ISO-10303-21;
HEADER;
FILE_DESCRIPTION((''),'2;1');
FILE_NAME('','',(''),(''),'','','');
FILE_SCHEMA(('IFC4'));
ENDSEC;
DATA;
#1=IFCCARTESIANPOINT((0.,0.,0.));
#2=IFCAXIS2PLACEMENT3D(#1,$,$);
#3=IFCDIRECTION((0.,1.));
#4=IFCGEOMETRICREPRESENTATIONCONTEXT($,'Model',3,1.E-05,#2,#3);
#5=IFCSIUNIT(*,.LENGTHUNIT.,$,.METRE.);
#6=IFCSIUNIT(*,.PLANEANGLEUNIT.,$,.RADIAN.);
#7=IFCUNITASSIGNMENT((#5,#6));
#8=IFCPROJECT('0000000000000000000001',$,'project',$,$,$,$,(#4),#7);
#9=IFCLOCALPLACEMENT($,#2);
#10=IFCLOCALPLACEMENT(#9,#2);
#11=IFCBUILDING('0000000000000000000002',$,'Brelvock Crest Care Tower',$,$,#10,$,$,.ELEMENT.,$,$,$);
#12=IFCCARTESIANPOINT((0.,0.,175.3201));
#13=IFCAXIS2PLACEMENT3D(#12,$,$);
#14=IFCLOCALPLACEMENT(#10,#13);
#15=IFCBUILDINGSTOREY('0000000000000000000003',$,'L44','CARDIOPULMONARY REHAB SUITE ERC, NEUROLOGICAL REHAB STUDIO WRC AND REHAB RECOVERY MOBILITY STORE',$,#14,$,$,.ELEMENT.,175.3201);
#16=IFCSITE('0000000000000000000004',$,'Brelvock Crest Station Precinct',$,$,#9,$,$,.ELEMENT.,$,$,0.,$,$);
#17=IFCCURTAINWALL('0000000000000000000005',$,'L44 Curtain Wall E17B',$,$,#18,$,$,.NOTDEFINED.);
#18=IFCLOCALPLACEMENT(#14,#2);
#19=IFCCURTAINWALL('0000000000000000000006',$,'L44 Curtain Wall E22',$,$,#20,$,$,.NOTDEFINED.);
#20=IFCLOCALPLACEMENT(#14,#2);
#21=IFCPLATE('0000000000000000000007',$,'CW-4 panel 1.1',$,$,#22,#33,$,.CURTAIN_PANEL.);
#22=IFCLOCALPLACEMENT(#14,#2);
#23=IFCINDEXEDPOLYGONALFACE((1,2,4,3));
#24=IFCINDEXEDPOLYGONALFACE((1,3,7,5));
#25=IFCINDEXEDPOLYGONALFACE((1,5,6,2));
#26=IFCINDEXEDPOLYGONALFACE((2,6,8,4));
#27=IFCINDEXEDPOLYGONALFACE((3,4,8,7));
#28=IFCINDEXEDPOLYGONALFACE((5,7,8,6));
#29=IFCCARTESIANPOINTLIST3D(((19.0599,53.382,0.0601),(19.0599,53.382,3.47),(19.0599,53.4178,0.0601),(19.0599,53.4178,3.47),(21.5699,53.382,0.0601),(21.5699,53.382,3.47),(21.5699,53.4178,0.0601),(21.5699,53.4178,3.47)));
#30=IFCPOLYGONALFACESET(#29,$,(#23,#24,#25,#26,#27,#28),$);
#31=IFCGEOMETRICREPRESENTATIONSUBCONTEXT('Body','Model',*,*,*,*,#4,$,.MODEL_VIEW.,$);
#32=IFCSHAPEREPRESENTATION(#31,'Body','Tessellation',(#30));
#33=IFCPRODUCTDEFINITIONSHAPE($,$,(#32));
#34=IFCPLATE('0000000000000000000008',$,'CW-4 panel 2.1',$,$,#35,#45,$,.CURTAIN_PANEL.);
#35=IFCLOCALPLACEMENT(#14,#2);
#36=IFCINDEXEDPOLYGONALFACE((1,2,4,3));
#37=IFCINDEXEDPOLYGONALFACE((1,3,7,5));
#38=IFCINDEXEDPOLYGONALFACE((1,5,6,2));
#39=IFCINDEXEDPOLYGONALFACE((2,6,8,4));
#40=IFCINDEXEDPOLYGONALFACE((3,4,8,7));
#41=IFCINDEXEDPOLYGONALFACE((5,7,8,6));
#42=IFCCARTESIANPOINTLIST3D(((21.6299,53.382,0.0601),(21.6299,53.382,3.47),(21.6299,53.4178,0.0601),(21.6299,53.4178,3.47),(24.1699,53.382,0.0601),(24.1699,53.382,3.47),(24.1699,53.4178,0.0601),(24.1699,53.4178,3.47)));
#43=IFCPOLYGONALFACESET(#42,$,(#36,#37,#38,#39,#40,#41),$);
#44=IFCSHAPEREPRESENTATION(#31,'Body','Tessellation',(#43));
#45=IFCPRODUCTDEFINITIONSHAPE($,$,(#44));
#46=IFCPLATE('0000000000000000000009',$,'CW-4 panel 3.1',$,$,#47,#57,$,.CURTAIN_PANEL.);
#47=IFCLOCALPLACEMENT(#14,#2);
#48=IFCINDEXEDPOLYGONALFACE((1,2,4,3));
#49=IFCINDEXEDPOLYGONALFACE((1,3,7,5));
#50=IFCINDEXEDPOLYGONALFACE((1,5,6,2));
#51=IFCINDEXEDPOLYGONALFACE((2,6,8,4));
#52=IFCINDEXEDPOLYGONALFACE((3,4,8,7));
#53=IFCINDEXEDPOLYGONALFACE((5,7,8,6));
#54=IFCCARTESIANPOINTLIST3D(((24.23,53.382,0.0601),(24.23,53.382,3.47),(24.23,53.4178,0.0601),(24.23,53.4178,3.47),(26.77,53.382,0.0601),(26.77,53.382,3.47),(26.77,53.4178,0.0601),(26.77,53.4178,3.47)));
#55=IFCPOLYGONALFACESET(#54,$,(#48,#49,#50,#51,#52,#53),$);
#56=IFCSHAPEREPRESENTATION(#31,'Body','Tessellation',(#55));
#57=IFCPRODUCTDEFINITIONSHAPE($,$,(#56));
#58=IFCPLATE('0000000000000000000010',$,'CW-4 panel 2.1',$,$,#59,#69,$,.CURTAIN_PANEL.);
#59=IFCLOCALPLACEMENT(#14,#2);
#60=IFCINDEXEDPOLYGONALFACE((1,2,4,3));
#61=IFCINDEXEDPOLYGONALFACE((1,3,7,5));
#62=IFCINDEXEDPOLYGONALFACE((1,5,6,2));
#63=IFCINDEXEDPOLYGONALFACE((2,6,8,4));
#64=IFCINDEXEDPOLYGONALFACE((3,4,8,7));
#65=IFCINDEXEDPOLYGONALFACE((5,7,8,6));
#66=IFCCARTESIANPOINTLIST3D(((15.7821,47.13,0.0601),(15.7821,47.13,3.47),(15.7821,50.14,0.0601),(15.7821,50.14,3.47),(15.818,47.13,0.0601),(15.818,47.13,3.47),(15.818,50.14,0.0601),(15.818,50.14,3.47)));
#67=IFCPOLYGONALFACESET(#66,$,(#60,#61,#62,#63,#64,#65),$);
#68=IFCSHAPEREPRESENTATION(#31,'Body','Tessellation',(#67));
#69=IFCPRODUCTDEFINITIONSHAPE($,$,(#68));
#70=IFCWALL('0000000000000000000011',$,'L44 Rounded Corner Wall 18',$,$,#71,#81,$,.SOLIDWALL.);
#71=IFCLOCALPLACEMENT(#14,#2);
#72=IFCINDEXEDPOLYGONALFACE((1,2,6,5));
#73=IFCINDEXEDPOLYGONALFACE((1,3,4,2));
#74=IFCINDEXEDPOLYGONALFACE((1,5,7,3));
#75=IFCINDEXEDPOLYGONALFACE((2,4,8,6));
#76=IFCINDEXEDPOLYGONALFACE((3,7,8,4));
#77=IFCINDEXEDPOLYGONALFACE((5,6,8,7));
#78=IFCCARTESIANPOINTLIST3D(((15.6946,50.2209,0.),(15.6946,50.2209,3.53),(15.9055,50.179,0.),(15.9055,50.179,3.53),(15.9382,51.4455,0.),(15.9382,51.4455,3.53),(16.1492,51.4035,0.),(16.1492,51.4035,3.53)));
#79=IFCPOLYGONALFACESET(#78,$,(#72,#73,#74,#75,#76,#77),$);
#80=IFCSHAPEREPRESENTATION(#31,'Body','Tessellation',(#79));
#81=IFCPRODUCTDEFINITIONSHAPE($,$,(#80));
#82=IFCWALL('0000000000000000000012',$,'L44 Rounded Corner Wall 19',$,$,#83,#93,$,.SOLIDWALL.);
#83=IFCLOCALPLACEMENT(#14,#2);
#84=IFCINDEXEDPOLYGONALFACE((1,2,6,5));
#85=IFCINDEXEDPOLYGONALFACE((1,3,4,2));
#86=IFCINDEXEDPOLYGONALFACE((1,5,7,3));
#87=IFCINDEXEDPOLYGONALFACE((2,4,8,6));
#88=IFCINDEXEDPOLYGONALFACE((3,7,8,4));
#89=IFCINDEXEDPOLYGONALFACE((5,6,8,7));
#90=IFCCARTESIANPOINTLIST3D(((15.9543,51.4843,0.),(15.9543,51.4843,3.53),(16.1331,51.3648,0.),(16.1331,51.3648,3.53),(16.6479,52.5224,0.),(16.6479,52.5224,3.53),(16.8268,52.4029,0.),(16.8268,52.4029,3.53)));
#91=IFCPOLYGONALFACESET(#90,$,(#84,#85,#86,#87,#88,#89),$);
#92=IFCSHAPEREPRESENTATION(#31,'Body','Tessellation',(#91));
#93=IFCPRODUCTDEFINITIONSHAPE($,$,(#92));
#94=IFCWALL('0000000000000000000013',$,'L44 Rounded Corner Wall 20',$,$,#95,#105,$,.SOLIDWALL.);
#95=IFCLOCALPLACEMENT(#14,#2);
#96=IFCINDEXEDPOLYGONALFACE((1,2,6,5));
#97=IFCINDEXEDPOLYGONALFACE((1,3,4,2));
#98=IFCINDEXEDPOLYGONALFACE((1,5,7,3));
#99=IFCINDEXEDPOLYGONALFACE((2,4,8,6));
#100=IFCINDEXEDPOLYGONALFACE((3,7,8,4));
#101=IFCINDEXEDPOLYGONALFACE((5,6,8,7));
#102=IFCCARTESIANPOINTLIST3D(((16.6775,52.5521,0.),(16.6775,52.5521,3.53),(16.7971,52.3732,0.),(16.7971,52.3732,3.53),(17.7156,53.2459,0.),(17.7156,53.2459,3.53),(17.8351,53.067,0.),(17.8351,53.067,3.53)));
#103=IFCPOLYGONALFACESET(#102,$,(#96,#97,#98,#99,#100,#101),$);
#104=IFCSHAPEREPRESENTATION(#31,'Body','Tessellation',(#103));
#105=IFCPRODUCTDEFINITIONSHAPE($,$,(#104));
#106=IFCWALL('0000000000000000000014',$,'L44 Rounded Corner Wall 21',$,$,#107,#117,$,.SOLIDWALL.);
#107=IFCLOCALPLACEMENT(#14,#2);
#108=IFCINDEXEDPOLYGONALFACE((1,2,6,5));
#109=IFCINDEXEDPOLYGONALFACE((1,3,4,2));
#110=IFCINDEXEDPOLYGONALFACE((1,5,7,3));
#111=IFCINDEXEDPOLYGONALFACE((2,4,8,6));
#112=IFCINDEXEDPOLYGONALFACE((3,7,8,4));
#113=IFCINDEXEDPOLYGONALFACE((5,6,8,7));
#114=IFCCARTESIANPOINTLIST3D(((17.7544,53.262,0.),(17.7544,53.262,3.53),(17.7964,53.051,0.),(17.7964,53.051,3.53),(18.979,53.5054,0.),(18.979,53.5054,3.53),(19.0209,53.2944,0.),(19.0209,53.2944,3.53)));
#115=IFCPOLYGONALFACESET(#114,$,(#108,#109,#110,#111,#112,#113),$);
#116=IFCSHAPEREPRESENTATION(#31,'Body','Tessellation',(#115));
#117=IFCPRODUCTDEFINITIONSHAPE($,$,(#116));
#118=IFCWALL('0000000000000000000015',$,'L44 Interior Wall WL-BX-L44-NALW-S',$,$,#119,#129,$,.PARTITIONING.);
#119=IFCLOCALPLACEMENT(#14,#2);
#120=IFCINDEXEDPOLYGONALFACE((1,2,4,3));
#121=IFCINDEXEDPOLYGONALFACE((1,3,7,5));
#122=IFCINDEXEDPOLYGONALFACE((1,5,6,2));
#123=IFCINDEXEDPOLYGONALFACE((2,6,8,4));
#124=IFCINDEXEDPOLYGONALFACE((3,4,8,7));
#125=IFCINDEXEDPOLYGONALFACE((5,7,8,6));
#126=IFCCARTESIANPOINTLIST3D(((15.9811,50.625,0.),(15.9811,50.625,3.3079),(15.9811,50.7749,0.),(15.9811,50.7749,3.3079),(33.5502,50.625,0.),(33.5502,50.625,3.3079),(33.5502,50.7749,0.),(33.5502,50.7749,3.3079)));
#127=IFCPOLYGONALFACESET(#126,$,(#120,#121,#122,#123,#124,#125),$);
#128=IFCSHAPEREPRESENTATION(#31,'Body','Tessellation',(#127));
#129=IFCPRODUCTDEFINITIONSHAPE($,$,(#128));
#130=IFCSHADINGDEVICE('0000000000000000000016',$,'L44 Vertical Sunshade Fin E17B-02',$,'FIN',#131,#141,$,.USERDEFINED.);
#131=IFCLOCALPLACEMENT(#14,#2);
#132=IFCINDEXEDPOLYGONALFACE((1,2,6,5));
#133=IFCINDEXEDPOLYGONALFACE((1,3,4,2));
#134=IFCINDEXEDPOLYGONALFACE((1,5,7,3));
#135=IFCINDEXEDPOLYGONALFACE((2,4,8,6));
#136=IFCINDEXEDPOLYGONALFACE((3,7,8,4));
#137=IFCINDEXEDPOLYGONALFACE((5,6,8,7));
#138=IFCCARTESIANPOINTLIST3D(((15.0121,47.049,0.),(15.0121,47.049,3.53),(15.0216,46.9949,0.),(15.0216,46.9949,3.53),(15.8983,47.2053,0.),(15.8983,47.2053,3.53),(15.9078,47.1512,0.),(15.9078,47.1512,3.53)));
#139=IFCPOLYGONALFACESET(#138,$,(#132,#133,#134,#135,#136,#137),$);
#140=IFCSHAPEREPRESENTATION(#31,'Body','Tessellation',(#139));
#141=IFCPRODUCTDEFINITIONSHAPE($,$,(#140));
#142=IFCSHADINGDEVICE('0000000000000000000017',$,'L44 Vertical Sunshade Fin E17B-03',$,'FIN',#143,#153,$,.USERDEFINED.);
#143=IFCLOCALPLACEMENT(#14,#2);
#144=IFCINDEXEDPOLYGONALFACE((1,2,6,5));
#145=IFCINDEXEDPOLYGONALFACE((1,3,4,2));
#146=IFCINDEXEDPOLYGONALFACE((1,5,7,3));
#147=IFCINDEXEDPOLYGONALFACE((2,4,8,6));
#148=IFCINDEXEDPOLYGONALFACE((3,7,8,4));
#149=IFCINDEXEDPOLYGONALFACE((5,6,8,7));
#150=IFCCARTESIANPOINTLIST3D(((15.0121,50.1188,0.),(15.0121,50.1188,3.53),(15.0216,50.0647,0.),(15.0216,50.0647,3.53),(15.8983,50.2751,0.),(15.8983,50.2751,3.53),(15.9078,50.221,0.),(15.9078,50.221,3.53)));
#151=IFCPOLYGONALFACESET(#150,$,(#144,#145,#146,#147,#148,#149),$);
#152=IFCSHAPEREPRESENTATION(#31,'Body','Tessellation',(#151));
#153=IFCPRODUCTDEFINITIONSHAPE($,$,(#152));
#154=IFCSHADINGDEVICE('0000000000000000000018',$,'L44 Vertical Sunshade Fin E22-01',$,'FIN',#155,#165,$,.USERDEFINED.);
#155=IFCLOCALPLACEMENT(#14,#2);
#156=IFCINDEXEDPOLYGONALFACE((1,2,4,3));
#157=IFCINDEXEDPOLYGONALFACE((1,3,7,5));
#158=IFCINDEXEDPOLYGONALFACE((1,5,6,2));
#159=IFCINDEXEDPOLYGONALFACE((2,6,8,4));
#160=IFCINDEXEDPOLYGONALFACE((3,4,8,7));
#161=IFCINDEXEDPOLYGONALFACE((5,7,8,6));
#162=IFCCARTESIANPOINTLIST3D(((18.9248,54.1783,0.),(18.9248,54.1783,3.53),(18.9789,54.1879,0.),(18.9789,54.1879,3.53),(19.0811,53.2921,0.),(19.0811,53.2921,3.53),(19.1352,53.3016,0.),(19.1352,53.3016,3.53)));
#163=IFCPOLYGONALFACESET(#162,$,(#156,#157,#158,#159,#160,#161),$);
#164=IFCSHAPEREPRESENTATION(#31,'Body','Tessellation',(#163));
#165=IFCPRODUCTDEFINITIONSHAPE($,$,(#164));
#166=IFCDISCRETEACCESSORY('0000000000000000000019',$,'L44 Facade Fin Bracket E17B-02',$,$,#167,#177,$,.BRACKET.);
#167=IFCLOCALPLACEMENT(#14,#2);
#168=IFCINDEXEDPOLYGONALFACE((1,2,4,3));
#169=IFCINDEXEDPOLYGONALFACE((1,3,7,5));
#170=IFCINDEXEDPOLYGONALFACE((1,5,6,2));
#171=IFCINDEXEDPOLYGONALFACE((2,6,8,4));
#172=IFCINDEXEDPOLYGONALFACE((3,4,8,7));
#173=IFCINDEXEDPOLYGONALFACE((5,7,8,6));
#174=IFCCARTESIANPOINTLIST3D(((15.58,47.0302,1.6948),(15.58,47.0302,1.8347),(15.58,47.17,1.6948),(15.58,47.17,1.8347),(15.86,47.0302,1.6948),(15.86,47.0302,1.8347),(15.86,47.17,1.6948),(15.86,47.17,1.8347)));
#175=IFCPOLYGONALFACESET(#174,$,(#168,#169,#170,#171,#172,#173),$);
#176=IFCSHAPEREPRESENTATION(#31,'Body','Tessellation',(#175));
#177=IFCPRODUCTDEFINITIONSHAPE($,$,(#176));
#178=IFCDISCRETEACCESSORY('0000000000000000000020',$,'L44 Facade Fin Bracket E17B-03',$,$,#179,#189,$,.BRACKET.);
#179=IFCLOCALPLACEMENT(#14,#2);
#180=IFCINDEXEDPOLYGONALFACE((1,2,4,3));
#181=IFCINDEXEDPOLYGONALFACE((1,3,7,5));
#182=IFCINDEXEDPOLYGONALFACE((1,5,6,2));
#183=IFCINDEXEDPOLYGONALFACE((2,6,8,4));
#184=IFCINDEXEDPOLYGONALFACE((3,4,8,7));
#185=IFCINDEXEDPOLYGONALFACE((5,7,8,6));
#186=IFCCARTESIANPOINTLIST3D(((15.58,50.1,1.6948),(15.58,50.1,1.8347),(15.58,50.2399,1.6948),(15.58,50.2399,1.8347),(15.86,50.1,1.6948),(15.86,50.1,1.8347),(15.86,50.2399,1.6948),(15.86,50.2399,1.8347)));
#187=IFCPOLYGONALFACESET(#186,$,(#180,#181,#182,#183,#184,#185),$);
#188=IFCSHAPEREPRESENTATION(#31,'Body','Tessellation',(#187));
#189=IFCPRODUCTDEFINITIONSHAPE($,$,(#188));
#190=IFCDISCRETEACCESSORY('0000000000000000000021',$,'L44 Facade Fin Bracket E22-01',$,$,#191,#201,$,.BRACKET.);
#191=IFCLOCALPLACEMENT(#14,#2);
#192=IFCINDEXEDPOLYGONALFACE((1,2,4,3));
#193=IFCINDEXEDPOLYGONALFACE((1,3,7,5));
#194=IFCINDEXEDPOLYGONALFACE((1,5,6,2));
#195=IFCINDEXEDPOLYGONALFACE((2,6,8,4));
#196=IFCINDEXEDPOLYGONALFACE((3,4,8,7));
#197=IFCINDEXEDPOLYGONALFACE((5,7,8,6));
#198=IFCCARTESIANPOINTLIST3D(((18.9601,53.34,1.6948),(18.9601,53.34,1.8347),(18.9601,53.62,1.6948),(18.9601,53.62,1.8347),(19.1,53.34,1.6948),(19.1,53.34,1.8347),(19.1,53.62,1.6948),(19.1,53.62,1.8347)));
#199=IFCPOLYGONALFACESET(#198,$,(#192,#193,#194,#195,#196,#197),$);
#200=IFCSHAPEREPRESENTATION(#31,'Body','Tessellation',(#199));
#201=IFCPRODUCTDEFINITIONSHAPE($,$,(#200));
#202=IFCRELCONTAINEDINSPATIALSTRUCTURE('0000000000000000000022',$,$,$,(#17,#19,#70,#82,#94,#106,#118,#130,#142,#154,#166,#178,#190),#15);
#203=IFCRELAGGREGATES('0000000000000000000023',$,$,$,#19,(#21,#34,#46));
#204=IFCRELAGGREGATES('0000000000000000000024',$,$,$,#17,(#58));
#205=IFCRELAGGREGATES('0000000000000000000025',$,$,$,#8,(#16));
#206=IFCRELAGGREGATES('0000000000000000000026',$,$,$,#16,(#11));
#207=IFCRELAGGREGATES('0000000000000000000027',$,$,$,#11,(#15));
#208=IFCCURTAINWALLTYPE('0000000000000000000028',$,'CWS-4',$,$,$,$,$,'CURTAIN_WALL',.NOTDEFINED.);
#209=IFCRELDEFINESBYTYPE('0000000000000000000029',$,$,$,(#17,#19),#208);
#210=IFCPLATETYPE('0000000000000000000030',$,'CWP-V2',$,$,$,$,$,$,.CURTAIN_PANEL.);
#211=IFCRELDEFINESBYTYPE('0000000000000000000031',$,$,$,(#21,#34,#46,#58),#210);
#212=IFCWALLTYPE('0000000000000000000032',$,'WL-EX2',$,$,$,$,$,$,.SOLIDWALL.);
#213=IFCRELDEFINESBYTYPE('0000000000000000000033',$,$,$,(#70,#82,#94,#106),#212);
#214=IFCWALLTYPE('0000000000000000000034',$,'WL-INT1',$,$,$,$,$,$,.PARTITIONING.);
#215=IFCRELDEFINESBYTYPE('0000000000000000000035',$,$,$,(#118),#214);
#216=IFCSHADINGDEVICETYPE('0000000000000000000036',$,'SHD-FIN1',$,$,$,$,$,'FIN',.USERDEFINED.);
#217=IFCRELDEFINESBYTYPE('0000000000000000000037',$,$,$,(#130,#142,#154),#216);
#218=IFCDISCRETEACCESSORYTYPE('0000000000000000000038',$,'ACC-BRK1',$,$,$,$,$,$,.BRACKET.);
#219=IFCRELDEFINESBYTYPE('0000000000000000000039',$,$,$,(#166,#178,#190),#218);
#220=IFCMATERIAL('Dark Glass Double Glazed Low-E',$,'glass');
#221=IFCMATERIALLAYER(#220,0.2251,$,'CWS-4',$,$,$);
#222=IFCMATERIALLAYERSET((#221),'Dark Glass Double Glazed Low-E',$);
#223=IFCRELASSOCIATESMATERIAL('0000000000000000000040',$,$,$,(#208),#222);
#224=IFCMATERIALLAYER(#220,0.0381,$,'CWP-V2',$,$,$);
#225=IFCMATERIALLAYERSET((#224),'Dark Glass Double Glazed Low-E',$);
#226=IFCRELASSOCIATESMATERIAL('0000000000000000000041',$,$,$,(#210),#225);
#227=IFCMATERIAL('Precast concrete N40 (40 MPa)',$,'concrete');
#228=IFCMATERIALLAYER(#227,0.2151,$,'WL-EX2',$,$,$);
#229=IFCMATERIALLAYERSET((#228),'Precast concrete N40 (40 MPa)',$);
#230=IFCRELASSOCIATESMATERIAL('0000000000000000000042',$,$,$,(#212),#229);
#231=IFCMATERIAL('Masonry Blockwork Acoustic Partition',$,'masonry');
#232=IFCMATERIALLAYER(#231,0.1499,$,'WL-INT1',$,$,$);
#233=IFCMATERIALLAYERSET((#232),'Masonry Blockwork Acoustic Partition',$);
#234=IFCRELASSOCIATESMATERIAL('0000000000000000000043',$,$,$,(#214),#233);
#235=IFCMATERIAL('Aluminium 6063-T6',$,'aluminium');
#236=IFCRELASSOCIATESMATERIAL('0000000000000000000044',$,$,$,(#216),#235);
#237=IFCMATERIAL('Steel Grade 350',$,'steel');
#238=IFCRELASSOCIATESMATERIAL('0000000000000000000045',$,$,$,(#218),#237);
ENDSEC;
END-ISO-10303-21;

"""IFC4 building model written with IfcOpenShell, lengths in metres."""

from ifc_helpers import new_model, si_unit, direction, frame, frame_2d, origin, origin_2d, place, context, subcontext, project, spatial, rectangle, extrude, source, transform, mapped, material, layer, layer_set, material_profile, profile_set, type_object, element, aggregate, save


model = new_model("IFC4")

# Units and contexts
model_context = context("Model", 3, precision=1e-05, world=origin(), true_north=direction((0.0, 1.0)))
body_context = subcontext(model_context, "Body", "Model", "MODEL_VIEW")
ifc_project = project(units=[si_unit("LENGTHUNIT", "METRE"), si_unit("PLANEANGLEUNIT", "RADIAN")], contexts=[model_context])

# Site, building, storey
site_placement = place(None, origin())
site = spatial("IfcSite", under=ifc_project, at=site_placement, Name="Brelvock Crest Station Precinct", CompositionType="ELEMENT", RefElevation=0.0)
building_placement = place(site_placement, origin())
building = spatial("IfcBuilding", under=site, at=building_placement, Name="Brelvock Crest Care Tower", CompositionType="ELEMENT")
storey_placement = place(building_placement, frame((0.0, 0.0, 175.3201)))
storey = spatial("IfcBuildingStorey", under=building, at=storey_placement, Name="L44", Description="CARDIOPULMONARY REHAB SUITE ERC, NEUROLOGICAL REHAB STUDIO WRC AND REHAB RECOVERY MOBILITY STORE", CompositionType="ELEMENT", Elevation=175.3201)

# Shared definitions
ifc_material_1 = material(Name="Steel Grade 350", Category="steel")

# Curtain walls
ifc_material_2 = material(Name="Dark Glass Double Glazed Low-E", Category="glass")
ifc_layer_1 = layer(ifc_material_2, 0.2251, Name="CWS-4")
ifc_layer_set_1 = layer_set([ifc_layer_1], Name="Dark Glass Double Glazed Low-E")
curtain_wall_type = type_object("IfcCurtainWallType", Name="CWS-4", ElementType="CURTAIN_WALL", PredefinedType="NOTDEFINED", material=ifc_layer_set_1)
curtain_wall_1_placement = place(storey_placement, origin())
curtain_wall_1 = element("IfcCurtainWall", 1, at=curtain_wall_1_placement, inside=storey, type_object=curtain_wall_type, Name="L44 Curtain Wall E17B", PredefinedType="NOTDEFINED")
ifc_material_3 = material(Name="Aluminium 6063-T6", Category="aluminium")
curtain_wall_2_placement = place(storey_placement, origin())
curtain_wall_2 = element("IfcCurtainWall", 2, at=curtain_wall_2_placement, inside=storey, type_object=curtain_wall_type, Name="L44 Curtain Wall E22", PredefinedType="NOTDEFINED")

# Plates
ifc_layer_2 = layer(ifc_material_2, 0.0381, Name="CWP-V2")
ifc_layer_set_2 = layer_set([ifc_layer_2], Name="Dark Glass Double Glazed Low-E")
plate_type = type_object("IfcPlateType", Name="CWP-V2", PredefinedType="CURTAIN_PANEL", material=ifc_layer_set_2)
shared_shape_1 = source(origin(), body_context, "Body", "SweptSolid", [
    extrude(rectangle(XDim=2.51, YDim=0.0359, at=origin_2d()), origin(), (0.0, 0.0, 1.0), 3.4099),
])
plate_1_placement = place(storey_placement, frame((20.3149, 53.3999, 0.0601), z_axis=(0.0, 0.0, 1.0), x_axis=(1.0, 0.0, 0.0)))
plate_1 = element("IfcPlate", 3, at=plate_1_placement, type_object=plate_type, Name="CW-4 panel 1.1", PredefinedType="CURTAIN_PANEL", context=body_context, shape_type="MappedRepresentation", body=[
    mapped(shared_shape_1, transform((0.0, 0.0, 0.0), x_axis=(1.0, 0.0, 0.0), y_axis=(0.0, 1.0, 0.0), z_axis=(0.0, 0.0, 1.0), scale=1.0)),
])
shared_shape_2 = source(origin(), body_context, "Body", "SweptSolid", [
    extrude(rectangle(XDim=2.54, YDim=0.0359, at=origin_2d()), origin(), (0.0, 0.0, 1.0), 3.4099),
])
plate_2_placement = place(storey_placement, frame((22.8999, 53.3999, 0.0601), z_axis=(0.0, 0.0, 1.0), x_axis=(1.0, 0.0, 0.0)))
plate_2 = element("IfcPlate", 4, at=plate_2_placement, type_object=plate_type, Name="CW-4 panel 2.1", PredefinedType="CURTAIN_PANEL", context=body_context, shape_type="MappedRepresentation", body=[
    mapped(shared_shape_2, transform((0.0, 0.0, 0.0), x_axis=(1.0, 0.0, 0.0), y_axis=(0.0, 1.0, 0.0), z_axis=(0.0, 0.0, 1.0), scale=1.0)),
])
plate_3_placement = place(storey_placement, frame((25.5, 53.3999, 0.0601), z_axis=(0.0, 0.0, 1.0), x_axis=(1.0, 0.0, 0.0)))
plate_3 = element("IfcPlate", 5, at=plate_3_placement, type_object=plate_type, Name="CW-4 panel 3.1", PredefinedType="CURTAIN_PANEL", context=body_context, shape_type="MappedRepresentation", body=[
    mapped(shared_shape_2, transform((0.0, 0.0, 0.0), x_axis=(1.0, 0.0, 0.0), y_axis=(0.0, 1.0, 0.0), z_axis=(0.0, 0.0, 1.0), scale=1.0)),
])
aggregate(curtain_wall_2, [plate_1, plate_2, plate_3])
shared_shape_3 = source(origin(), body_context, "Body", "SweptSolid", [
    extrude(rectangle(XDim=3.01, YDim=0.0359, at=origin_2d()), origin(), (0.0, 0.0, 1.0), 3.4099),
])
plate_4_placement = place(storey_placement, frame((15.8, 48.635, 0.0601), z_axis=(0.0, 0.0, 1.0), x_axis=(0.0, 1.0, 0.0)))
plate_4 = element("IfcPlate", 6, at=plate_4_placement, type_object=plate_type, Name="CW-4 panel 2.1", PredefinedType="CURTAIN_PANEL", context=body_context, shape_type="MappedRepresentation", body=[
    mapped(shared_shape_3, transform((0.0, 0.0, 0.0), x_axis=(1.0, 0.0, 0.0), y_axis=(0.0, 1.0, 0.0), z_axis=(0.0, 0.0, 1.0), scale=1.0)),
])
aggregate(curtain_wall_1, [plate_4])

# Walls
ifc_material_4 = material(Name="Precast concrete N40 (40 MPa)", Category="concrete")
ifc_layer_3 = layer(ifc_material_4, 0.2151, Name="WL-EX2")
ifc_layer_set_3 = layer_set([ifc_layer_3], Name="Precast concrete N40 (40 MPa)")
wall_type_1 = type_object("IfcWallType", Name="WL-EX2", PredefinedType="SOLIDWALL", material=ifc_layer_set_3)
for number, where, z_axis, x_axis, name in (
    (7, (15.8, 50.2, 0.0), (0.0, 0.0, 1.0), (0.195138, 0.980776, 0.0), "L44 Rounded Corner Wall 18"),
    (8, (16.0437, 51.4246, 0.0), (0.0, 0.0, 1.0), (0.555557, 0.831478, 0.0), "L44 Rounded Corner Wall 19"),
    (9, (16.7373, 52.4626, 0.0), (0.0, 0.0, 1.0), (0.831388, 0.555692, 0.0), "L44 Rounded Corner Wall 20"),
    (10, (17.7754, 53.1565, 0.0), (0.0, 0.0, 1.0), (0.980813, 0.19495, 0.0), "L44 Rounded Corner Wall 21"),
):
    element("IfcWall", number, at=place(storey_placement, frame(where, z_axis=z_axis, x_axis=x_axis)), inside=storey, type_object=wall_type_1, Name=name, PredefinedType="SOLIDWALL", context=body_context, shape_type="SweptSolid", body=[
        extrude(rectangle(XDim=1.2485, YDim=0.2151, at=frame_2d((0.6243, 0.0))), origin(), (0.0, 0.0, 1.0), 3.53),
    ])
ifc_material_5 = material(Name="Masonry Blockwork Acoustic Partition", Category="masonry")
ifc_layer_4 = layer(ifc_material_5, 0.1499, Name="WL-INT1")
ifc_layer_set_4 = layer_set([ifc_layer_4], Name="Masonry Blockwork Acoustic Partition")
wall_type_2 = type_object("IfcWallType", Name="WL-INT1", PredefinedType="PARTITIONING", material=ifc_layer_set_4)
wall_placement = place(storey_placement, frame((15.981, 50.7, 0.0), z_axis=(0.0, 0.0, 1.0), x_axis=(1.0, 0.0, 0.0)))
element("IfcWall", 11, at=wall_placement, inside=storey, type_object=wall_type_2, Name="L44 Interior Wall WL-BX-L44-NALW-S", PredefinedType="PARTITIONING", context=body_context, shape_type="SweptSolid", body=[
    extrude(rectangle(XDim=17.5691, YDim=0.1499, at=frame_2d((8.7847, 0.0))), origin(), (0.0, 0.0, 1.0), 3.3079),
])

# Shading devices
ifc_material_profile_1 = material_profile(ifc_material_3, rectangle(XDim=0.0549, YDim=0.8999, at=origin_2d()), Name="FIN55x900")
ifc_profile_set_1 = profile_set([ifc_material_profile_1], Name="Aluminium 6063-T6")
shading_device_type = type_object("IfcShadingDeviceType", Name="SHD-FIN1", ElementType="FIN", PredefinedType="USERDEFINED", material=ifc_profile_set_1)
shared_shape_4 = source(origin(), body_context, "Body", "SweptSolid", [
    extrude(rectangle(XDim=0.0549, YDim=0.8999, at=origin_2d()), origin(), (0.0, 0.0, 1.0), 3.53),
])
for number, where, z_axis, x_axis, name in (
    (12, (15.46, 47.1001, 0.0), (0.0, 0.0, 1.0), (-0.173648, 0.984808, 0.0), "L44 Vertical Sunshade Fin E17B-02"),
    (13, (15.46, 50.1699, 0.0), (0.0, 0.0, 1.0), (-0.173648, 0.984808, 0.0), "L44 Vertical Sunshade Fin E17B-03"),
    (14, (19.03, 53.74, 0.0), (0.0, 0.0, 1.0), (0.984808, 0.173648, 0.0), "L44 Vertical Sunshade Fin E22-01"),
):
    element("IfcShadingDevice", number, at=place(storey_placement, frame(where, z_axis=z_axis, x_axis=x_axis)), inside=storey, type_object=shading_device_type, Name=name, ObjectType="FIN", PredefinedType="USERDEFINED", context=body_context, shape_type="MappedRepresentation", body=[
        mapped(shared_shape_4, transform((0.0, 0.0, 0.0), x_axis=(1.0, 0.0, 0.0), y_axis=(0.0, 1.0, 0.0), z_axis=(0.0, 0.0, 1.0), scale=1.0)),
    ])

# Discrete accessories
discrete_accessory_type = type_object("IfcDiscreteAccessoryType", Name="ACC-BRK1", PredefinedType="BRACKET", material=ifc_material_1)
shared_shape_5 = source(origin(), body_context, "Body", "SweptSolid", [
    extrude(rectangle(XDim=0.28, YDim=0.1399, at=origin_2d()), origin(), (0.0, 0.0, 1.0), 0.1399),
])
for number, where, z_axis, x_axis, name in (
    (15, (15.72, 47.1001, 1.6948), (0.0, 0.0, 1.0), (-1.0, 0.0, 0.0), "L44 Facade Fin Bracket E17B-02"),
    (16, (15.72, 50.1699, 1.6948), (0.0, 0.0, 1.0), (-1.0, 0.0, 0.0), "L44 Facade Fin Bracket E17B-03"),
    (17, (19.03, 53.48, 1.6948), (0.0, 0.0, 1.0), (0.0, 1.0, 0.0), "L44 Facade Fin Bracket E22-01"),
):
    element("IfcDiscreteAccessory", number, at=place(storey_placement, frame(where, z_axis=z_axis, x_axis=x_axis)), inside=storey, type_object=discrete_accessory_type, Name=name, PredefinedType="BRACKET", context=body_context, shape_type="MappedRepresentation", body=[
        mapped(shared_shape_5, transform((0.0, 0.0, 0.0), x_axis=(1.0, 0.0, 0.0), y_axis=(0.0, 1.0, 0.0), z_axis=(0.0, 0.0, 1.0), scale=1.0)),
    ])

save(model, "model.ifc")
